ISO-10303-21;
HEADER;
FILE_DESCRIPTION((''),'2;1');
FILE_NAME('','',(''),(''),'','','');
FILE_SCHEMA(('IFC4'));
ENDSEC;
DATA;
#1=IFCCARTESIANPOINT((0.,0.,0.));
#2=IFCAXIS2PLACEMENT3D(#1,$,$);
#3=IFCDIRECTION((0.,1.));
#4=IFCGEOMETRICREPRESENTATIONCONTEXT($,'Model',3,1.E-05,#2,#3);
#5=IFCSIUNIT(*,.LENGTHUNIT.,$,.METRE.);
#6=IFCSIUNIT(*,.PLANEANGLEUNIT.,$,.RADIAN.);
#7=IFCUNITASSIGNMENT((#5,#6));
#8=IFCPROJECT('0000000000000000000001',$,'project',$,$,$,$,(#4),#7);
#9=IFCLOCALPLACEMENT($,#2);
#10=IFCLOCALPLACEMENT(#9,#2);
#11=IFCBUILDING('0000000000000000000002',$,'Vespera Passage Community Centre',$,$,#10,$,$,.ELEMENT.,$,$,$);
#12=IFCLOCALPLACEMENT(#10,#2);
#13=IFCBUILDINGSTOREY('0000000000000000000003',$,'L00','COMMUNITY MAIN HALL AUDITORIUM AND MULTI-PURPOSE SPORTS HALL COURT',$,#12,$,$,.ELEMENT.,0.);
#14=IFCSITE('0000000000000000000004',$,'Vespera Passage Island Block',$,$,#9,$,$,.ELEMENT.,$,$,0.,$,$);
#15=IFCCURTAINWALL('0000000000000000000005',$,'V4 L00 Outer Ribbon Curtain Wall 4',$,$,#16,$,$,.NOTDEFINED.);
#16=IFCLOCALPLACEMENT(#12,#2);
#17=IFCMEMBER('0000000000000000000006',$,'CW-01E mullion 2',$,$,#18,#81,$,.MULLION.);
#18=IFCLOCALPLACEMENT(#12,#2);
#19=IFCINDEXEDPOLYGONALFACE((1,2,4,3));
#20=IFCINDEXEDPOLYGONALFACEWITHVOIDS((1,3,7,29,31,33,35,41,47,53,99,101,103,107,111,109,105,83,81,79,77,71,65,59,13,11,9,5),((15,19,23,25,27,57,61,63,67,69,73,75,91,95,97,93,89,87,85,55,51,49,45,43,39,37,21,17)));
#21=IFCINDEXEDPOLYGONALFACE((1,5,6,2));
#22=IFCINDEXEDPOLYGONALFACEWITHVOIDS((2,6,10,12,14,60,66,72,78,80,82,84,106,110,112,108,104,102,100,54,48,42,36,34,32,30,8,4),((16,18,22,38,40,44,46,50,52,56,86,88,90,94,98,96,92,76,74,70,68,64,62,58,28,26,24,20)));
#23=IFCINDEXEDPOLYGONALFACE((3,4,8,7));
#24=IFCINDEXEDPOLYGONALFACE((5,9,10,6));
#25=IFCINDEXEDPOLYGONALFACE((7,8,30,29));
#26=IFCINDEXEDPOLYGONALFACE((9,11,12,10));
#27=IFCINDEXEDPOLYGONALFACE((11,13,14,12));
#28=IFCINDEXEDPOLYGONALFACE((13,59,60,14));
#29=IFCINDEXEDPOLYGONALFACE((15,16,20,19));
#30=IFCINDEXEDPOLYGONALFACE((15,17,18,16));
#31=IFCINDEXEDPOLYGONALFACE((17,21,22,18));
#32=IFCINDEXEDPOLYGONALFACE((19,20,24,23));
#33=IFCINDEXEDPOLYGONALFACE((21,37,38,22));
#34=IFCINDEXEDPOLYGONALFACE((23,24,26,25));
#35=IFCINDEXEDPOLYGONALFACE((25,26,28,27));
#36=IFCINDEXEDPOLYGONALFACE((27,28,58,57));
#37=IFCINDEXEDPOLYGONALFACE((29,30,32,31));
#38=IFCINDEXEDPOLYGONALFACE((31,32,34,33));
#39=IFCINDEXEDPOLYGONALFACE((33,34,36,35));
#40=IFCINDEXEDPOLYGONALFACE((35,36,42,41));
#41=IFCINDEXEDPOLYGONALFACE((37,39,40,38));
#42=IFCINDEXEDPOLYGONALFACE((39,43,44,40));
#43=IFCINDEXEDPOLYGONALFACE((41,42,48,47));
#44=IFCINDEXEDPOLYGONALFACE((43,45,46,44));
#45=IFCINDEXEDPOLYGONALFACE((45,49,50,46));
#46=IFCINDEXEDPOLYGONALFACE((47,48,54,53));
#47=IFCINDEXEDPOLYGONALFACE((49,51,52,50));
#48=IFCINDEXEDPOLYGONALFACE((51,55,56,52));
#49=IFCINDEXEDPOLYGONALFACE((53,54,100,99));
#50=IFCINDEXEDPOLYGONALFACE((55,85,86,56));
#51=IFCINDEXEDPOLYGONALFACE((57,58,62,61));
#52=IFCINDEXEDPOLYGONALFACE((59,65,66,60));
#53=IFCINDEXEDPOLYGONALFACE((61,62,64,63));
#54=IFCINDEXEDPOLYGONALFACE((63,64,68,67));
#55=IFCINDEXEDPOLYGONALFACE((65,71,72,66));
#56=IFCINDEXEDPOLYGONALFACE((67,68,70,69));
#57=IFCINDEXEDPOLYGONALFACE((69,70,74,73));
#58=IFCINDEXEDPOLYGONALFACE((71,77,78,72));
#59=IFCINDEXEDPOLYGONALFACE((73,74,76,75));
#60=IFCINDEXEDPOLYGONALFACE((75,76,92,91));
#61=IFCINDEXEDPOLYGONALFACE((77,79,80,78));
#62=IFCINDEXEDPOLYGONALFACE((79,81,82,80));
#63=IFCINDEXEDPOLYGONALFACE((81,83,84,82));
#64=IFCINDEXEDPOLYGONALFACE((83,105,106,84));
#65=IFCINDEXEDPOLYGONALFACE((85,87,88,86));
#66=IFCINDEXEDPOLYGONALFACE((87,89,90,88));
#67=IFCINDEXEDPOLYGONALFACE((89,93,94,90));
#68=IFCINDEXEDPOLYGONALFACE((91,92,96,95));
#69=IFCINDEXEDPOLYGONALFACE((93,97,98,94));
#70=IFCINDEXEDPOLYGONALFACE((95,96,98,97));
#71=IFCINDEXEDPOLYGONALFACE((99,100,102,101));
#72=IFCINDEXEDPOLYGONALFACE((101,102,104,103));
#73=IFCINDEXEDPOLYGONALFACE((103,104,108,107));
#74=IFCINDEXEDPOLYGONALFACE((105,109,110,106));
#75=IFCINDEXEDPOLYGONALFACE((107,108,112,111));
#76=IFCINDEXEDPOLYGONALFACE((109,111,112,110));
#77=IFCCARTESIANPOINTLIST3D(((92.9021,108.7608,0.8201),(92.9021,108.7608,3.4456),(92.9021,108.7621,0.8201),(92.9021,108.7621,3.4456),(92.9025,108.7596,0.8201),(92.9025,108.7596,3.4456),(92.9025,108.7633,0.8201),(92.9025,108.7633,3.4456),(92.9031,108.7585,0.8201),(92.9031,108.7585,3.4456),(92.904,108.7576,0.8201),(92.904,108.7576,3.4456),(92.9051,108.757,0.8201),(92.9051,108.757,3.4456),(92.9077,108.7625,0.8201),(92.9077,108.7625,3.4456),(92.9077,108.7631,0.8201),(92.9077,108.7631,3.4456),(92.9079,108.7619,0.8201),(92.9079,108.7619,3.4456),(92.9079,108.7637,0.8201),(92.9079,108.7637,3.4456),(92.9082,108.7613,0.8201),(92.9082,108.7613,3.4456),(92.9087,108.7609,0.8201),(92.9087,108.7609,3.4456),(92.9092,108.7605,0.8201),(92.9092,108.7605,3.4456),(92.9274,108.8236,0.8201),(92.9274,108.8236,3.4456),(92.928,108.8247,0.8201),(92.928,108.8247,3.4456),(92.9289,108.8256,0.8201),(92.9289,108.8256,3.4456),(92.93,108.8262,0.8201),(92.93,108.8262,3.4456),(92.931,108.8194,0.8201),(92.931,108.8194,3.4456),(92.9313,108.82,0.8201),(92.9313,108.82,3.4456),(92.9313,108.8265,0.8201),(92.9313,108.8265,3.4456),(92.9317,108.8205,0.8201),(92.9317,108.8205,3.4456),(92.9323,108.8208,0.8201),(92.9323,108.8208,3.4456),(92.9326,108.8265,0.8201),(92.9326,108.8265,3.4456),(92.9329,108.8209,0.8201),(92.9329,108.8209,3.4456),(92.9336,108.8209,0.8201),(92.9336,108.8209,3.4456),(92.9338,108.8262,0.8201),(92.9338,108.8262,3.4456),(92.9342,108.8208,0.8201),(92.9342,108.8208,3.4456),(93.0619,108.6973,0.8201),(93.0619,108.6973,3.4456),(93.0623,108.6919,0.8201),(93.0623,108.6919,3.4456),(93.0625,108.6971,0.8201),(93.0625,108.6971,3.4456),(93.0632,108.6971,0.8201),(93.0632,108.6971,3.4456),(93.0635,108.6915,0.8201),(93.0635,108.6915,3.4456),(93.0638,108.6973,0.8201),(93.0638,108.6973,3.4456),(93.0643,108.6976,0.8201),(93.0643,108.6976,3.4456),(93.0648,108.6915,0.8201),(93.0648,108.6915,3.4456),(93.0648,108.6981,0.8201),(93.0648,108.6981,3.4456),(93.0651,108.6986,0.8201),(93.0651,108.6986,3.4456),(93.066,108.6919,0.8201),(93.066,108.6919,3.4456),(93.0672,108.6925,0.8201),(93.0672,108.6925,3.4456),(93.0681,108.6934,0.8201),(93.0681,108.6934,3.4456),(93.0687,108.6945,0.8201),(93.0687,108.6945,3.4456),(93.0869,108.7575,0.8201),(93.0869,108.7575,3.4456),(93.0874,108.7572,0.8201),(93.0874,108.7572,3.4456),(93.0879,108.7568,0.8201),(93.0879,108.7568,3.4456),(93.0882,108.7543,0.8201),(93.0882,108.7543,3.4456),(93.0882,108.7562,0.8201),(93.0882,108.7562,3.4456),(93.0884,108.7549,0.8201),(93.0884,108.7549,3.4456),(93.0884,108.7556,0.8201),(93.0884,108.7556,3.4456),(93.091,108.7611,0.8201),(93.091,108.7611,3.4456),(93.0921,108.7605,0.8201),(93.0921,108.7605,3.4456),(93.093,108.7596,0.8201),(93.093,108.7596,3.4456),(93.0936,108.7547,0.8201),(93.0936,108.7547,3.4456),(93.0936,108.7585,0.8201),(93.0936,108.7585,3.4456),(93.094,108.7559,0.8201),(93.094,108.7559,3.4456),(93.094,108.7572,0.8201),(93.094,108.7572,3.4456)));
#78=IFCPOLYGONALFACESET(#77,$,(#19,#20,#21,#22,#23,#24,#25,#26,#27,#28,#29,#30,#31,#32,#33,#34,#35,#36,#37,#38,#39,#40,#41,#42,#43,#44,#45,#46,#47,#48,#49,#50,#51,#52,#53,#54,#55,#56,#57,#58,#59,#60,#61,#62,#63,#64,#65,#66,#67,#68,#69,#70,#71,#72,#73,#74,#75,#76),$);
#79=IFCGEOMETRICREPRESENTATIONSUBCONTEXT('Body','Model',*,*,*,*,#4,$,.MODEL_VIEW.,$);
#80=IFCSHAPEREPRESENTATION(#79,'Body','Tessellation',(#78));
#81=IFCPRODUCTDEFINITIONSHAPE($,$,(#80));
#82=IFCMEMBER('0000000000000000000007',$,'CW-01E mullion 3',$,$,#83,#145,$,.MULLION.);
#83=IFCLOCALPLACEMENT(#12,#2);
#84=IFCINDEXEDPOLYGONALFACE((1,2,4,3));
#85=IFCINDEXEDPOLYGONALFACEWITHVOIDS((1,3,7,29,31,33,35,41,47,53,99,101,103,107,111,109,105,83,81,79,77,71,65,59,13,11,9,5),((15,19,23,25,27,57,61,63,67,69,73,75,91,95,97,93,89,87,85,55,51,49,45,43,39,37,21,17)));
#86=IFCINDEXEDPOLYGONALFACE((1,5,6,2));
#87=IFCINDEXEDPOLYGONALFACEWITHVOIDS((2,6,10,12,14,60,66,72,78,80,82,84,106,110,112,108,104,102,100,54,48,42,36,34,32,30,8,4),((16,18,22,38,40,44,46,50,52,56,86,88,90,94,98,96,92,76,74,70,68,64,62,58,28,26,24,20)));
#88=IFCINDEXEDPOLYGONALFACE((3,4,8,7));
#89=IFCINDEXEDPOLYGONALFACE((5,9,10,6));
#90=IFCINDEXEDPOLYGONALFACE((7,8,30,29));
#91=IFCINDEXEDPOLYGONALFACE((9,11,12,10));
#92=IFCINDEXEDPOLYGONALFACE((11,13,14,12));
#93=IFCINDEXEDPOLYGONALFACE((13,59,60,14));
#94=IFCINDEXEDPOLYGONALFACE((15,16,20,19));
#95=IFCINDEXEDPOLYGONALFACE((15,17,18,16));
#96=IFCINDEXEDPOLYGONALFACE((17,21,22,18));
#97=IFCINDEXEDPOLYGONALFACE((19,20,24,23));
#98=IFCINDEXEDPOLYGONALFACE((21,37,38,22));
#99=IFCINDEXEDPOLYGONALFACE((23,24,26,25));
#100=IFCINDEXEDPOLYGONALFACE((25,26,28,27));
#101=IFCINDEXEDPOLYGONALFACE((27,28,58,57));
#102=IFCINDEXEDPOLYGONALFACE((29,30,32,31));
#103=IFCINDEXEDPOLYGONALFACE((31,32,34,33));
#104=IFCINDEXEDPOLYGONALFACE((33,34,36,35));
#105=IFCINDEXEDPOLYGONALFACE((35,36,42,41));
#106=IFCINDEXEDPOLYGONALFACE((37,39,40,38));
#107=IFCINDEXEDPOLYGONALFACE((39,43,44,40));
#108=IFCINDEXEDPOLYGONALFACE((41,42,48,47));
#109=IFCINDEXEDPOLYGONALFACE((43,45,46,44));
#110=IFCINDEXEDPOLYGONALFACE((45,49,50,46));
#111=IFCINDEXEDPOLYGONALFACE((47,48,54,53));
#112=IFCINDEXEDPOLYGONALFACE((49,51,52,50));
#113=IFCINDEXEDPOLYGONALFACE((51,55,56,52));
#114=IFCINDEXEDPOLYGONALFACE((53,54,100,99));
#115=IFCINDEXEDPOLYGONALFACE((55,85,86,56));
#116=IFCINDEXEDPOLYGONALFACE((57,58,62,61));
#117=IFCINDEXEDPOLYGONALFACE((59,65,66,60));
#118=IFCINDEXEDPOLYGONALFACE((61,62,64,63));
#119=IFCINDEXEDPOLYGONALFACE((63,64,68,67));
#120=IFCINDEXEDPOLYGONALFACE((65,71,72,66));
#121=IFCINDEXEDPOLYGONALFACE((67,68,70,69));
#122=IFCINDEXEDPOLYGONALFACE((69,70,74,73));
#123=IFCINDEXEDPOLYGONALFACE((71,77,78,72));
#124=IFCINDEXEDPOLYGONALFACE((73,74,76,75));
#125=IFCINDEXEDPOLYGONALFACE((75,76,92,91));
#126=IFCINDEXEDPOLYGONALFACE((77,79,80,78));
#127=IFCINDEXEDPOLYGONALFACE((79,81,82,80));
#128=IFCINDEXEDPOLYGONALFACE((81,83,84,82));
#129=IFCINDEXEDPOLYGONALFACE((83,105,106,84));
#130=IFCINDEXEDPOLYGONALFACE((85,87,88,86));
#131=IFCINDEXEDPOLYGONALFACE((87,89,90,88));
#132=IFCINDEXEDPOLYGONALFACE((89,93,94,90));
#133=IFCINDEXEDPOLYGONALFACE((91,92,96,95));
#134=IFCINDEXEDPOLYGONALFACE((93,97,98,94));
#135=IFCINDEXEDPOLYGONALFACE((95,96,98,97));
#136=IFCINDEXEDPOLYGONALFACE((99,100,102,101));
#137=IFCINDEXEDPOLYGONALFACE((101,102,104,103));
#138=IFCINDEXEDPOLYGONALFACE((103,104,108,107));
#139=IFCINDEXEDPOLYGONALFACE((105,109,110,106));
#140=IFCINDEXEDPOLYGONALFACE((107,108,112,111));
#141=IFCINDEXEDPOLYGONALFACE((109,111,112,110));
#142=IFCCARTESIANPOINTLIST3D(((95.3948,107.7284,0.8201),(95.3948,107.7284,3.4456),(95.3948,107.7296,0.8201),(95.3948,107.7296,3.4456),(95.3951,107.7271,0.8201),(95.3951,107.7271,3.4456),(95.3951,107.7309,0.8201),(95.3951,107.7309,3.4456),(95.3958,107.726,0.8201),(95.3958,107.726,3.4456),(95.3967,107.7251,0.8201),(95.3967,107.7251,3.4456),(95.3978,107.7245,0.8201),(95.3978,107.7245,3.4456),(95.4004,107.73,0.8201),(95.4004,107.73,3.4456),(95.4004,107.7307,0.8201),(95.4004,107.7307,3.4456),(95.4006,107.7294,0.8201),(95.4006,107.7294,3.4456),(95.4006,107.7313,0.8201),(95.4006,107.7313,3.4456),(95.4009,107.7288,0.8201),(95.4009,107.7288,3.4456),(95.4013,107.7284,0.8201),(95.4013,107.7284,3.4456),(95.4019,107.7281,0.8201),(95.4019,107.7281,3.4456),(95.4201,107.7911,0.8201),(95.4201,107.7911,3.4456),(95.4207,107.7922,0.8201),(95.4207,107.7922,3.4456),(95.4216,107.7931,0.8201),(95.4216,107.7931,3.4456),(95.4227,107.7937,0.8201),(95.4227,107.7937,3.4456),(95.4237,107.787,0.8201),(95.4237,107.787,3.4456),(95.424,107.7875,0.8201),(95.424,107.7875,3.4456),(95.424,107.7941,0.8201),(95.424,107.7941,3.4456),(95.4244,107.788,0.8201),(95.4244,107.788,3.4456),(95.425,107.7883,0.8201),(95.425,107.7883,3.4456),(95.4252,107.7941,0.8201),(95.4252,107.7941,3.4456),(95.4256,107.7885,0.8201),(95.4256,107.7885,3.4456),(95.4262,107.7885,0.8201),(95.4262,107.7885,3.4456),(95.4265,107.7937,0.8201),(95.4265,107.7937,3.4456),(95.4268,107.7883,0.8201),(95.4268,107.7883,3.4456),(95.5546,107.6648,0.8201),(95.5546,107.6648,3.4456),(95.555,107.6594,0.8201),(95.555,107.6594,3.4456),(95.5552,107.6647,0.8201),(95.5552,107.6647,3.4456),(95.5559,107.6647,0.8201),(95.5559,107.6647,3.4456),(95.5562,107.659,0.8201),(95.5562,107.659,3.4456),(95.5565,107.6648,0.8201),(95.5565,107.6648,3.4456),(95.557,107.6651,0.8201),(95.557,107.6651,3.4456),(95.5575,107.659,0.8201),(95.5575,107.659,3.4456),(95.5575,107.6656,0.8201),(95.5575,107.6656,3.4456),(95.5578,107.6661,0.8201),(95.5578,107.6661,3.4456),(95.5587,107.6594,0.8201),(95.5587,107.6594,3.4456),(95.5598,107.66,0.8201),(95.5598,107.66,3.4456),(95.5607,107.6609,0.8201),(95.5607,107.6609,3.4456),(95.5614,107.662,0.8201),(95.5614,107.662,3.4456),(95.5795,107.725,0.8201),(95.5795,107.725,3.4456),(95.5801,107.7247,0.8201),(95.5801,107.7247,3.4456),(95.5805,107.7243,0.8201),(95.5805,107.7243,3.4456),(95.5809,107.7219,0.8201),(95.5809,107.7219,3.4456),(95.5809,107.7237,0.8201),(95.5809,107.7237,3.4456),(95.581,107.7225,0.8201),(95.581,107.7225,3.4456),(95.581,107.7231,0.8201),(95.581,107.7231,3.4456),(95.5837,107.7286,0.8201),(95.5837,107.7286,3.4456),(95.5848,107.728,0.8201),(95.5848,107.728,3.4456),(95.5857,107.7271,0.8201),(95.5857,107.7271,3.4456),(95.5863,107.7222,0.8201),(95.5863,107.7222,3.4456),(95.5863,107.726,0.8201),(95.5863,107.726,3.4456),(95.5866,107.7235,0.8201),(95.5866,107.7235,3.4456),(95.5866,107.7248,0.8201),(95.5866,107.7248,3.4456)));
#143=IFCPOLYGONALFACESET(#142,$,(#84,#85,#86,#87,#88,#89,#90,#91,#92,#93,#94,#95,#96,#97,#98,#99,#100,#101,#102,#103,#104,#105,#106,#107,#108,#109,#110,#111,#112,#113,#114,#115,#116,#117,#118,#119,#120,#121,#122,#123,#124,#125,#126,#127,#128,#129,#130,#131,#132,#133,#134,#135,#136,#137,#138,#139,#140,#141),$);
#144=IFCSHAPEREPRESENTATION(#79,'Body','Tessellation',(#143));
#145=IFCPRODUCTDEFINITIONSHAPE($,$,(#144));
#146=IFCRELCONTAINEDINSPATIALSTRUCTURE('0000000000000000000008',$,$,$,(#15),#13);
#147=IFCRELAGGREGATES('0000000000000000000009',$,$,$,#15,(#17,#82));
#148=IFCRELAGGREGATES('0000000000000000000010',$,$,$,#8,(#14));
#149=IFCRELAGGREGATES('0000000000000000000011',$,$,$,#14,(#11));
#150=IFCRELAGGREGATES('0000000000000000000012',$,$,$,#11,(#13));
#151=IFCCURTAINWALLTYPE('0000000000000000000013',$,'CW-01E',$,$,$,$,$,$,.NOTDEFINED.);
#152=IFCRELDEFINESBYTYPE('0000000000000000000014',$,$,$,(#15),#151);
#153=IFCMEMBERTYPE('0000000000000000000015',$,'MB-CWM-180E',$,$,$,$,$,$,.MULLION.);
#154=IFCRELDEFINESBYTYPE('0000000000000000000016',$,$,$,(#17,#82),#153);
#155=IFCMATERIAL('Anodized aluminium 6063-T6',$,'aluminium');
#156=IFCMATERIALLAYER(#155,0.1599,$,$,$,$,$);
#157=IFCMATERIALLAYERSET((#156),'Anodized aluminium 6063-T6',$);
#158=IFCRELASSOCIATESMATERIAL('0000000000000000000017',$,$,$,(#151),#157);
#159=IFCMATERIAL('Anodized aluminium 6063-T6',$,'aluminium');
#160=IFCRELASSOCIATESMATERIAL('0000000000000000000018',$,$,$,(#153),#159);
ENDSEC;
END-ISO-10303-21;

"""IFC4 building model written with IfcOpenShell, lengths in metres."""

from ifc_helpers import new_model, si_unit, direction, frame, origin, origin_2d, place, context, subcontext, project, spatial, hollow_rectangle, extrude, material, layer, layer_set, material_profile, profile_set, type_object, element, aggregate, save


model = new_model("IFC4")

# Units and contexts
model_context = context("Model", 3, precision=1e-05, world=origin(), true_north=direction((0.0, 1.0)))
body_context = subcontext(model_context, "Body", "Model", "MODEL_VIEW")
ifc_project = project(units=[si_unit("LENGTHUNIT", "METRE"), si_unit("PLANEANGLEUNIT", "RADIAN")], contexts=[model_context])

# Site, building, storey
site_placement = place(None, origin())
site = spatial("IfcSite", under=ifc_project, at=site_placement, Name="Vespera Passage Island Block", CompositionType="ELEMENT", RefElevation=0.0)
building_placement = place(site_placement, origin())
building = spatial("IfcBuilding", under=site, at=building_placement, Name="Vespera Passage Community Centre", CompositionType="ELEMENT")
storey_placement = place(building_placement, origin())
storey = spatial("IfcBuildingStorey", under=building, at=storey_placement, Name="L00", Description="COMMUNITY MAIN HALL AUDITORIUM AND MULTI-PURPOSE SPORTS HALL COURT", CompositionType="ELEMENT", Elevation=0.0)

# Curtain wall, members
ifc_material_1 = material(Name="Anodized aluminium 6063-T6", Category="aluminium")
ifc_layer_1 = layer(ifc_material_1, 0.1599)
ifc_layer_set_1 = layer_set([ifc_layer_1], Name="Anodized aluminium 6063-T6")
curtain_wall_type_1 = type_object("IfcCurtainWallType", Name="CW-01E", PredefinedType="NOTDEFINED", material=ifc_layer_set_1)
curtain_wall_1_placement = place(storey_placement, origin())
curtain_wall_1 = element("IfcCurtainWall", 1, at=curtain_wall_1_placement, inside=storey, type_object=curtain_wall_type_1, Name="V4 L00 Outer Ribbon Curtain Wall 4", PredefinedType="NOTDEFINED")
ifc_material_2 = material(Name="Anodized aluminium 6063-T6", Category="aluminium")
ifc_material_profile_1 = material_profile(ifc_material_2, hollow_rectangle(XDim=0.075, YDim=0.1799, WallThickness=0.0049, InnerFilletRadius=0.0024, OuterFilletRadius=0.0049, at=origin_2d()), Name="ALU180X75X5")
ifc_profile_set_1 = profile_set([ifc_material_profile_1], Name="Anodized aluminium 6063-T6")
member_type_1 = type_object("IfcMemberType", Name="MB-CWM-180E", PredefinedType="MULLION", material=ifc_profile_set_1)
member_1_placement = place(storey_placement, frame((92.998, 108.759, 0.8201), z_axis=(0.0, 0.0, 1.0), x_axis=(0.382683, 0.92388, 0.0)))
member_1 = element("IfcMember", 2, at=member_1_placement, type_object=member_type_1, Name="CW-01E mullion 2", PredefinedType="MULLION", context=body_context, shape_type="SweptSolid", body=[
    extrude(hollow_rectangle(XDim=0.075, YDim=0.1799, WallThickness=0.0049, InnerFilletRadius=0.0024, OuterFilletRadius=0.0049, at=origin_2d()), origin(), (0.0, 0.0, 1.0), 2.6255),
])
member_2_placement = place(storey_placement, frame((95.4907, 107.7266, 0.8201), z_axis=(0.0, 0.0, 1.0), x_axis=(0.382683, 0.92388, 0.0)))
member_2 = element("IfcMember", 3, at=member_2_placement, type_object=member_type_1, Name="CW-01E mullion 3", PredefinedType="MULLION", context=body_context, shape_type="SweptSolid", body=[
    extrude(hollow_rectangle(XDim=0.075, YDim=0.1799, WallThickness=0.0049, InnerFilletRadius=0.0024, OuterFilletRadius=0.0049, at=origin_2d()), origin(), (0.0, 0.0, 1.0), 2.6255),
])

aggregate(curtain_wall_1, [member_1, member_2])

save(model, "model.ifc")
